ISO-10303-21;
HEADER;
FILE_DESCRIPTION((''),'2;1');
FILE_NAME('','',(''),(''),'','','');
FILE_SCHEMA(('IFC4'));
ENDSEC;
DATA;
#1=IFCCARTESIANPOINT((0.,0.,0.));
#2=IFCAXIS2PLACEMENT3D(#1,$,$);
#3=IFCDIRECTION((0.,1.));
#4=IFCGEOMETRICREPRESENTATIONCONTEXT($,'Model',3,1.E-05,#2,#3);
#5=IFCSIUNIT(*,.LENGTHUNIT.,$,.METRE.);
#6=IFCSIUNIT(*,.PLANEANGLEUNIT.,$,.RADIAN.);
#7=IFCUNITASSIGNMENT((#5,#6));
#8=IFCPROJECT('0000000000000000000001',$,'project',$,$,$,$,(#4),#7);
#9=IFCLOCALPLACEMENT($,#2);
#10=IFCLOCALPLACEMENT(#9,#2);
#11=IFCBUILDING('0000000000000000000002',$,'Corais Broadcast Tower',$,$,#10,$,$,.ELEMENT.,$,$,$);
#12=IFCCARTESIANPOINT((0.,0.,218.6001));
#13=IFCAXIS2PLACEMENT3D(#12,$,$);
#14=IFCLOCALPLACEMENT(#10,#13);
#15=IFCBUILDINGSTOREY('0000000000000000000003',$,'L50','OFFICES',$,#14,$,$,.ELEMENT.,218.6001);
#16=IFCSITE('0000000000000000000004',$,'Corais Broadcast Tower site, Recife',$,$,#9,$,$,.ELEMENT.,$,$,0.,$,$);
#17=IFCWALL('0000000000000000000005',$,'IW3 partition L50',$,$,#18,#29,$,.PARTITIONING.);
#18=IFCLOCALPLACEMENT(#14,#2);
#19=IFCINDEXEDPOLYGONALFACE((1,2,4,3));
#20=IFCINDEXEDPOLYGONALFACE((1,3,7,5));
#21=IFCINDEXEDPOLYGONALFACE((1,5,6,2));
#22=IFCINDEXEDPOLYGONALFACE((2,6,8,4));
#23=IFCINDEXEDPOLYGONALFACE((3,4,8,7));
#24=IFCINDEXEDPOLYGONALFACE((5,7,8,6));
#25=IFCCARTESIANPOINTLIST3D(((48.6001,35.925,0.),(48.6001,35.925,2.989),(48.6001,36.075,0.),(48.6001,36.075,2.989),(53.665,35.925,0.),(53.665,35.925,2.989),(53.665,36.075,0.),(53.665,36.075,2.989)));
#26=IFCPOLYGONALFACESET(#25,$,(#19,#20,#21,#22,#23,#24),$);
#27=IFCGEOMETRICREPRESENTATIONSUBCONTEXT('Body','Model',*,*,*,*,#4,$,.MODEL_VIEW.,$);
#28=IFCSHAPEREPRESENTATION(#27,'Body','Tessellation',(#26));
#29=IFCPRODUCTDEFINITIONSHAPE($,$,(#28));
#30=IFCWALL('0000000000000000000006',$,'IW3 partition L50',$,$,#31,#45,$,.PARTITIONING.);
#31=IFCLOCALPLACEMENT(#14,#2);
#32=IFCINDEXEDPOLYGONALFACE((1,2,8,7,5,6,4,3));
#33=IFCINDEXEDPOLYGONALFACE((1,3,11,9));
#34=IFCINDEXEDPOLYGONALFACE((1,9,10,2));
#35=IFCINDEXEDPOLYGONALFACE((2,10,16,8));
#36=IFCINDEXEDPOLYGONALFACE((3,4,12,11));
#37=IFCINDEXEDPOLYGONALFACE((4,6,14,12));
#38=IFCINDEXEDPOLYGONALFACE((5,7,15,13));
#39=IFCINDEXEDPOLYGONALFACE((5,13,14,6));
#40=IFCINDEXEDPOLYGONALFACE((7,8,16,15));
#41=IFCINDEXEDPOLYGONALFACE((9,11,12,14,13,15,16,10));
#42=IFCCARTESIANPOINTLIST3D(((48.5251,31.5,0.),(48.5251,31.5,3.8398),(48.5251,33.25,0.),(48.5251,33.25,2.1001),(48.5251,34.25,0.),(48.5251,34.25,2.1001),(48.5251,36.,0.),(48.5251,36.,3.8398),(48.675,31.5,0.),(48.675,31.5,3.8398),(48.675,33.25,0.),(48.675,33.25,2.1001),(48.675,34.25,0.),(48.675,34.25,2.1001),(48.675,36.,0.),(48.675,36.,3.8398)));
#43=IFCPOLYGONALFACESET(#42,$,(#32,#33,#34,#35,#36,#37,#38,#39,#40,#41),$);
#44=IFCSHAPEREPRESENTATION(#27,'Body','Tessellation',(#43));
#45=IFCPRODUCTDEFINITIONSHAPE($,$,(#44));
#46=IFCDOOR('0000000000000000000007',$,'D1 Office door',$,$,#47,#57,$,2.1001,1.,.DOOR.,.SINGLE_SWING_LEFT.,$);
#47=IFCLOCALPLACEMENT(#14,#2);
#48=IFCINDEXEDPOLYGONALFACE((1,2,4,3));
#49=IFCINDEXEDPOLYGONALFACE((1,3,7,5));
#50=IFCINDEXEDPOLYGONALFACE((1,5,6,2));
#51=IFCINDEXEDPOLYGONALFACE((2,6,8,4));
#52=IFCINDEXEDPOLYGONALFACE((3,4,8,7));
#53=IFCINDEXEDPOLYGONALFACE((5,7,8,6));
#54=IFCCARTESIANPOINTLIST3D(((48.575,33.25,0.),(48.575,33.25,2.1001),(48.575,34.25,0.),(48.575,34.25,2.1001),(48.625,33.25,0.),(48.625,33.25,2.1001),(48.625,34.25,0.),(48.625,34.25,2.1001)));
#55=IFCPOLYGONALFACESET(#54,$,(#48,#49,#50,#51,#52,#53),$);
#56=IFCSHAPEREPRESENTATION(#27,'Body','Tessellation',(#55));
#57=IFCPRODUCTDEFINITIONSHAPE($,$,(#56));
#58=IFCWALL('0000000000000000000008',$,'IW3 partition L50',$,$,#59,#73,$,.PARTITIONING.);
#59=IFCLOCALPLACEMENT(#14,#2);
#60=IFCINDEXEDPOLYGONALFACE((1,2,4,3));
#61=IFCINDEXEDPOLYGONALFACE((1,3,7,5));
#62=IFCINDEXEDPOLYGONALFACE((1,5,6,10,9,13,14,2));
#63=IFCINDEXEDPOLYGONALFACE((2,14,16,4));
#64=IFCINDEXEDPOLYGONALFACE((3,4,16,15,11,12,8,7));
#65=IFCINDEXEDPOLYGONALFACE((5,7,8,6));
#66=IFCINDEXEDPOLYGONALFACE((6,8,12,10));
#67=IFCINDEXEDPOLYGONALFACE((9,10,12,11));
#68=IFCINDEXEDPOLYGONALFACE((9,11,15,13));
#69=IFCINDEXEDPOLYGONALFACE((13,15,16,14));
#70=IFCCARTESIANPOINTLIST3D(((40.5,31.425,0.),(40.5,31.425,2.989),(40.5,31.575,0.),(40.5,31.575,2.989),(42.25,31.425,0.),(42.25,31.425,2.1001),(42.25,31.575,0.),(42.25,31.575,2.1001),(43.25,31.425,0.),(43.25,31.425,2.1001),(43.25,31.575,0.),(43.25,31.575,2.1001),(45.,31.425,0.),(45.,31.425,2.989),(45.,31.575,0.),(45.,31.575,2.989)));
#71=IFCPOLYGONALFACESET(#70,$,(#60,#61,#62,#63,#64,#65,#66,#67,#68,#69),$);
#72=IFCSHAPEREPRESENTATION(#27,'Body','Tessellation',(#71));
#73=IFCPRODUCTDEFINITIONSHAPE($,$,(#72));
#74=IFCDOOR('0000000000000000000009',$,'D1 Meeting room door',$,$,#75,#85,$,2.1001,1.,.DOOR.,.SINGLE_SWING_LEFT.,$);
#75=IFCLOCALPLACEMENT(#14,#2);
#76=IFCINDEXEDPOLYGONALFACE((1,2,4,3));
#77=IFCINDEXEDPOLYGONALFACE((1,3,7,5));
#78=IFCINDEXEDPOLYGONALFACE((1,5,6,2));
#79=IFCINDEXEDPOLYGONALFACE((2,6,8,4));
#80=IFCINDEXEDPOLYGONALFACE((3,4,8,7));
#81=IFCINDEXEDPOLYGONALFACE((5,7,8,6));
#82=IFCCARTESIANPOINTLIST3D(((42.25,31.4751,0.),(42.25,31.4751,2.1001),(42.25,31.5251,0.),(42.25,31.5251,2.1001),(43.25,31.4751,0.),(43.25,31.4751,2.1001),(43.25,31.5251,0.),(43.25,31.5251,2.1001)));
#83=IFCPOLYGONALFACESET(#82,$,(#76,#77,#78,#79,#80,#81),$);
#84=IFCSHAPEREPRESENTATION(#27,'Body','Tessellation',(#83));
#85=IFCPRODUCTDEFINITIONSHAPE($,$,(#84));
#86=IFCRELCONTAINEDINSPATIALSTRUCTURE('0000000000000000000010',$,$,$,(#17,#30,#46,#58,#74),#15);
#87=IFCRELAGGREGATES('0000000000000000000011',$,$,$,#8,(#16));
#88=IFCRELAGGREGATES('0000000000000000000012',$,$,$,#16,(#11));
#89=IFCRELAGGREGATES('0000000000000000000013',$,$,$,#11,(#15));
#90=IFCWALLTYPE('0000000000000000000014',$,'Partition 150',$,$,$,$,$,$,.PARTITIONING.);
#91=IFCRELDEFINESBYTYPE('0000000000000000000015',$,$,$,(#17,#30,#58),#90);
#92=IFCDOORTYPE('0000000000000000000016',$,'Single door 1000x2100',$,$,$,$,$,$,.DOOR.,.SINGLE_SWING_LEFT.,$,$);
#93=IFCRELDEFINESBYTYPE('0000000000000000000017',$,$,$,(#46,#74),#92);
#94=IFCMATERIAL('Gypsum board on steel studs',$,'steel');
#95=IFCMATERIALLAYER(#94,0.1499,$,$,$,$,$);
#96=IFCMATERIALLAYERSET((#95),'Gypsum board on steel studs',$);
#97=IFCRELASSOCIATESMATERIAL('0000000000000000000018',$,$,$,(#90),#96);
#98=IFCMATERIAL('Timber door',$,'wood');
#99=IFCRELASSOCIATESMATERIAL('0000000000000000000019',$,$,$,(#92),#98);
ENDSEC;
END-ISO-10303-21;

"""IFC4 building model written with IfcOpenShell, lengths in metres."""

from ifc_helpers import new_model, si_unit, direction, frame, frame_2d, origin, place, context, subcontext, project, spatial, rectangle, extrude, material, layer, layer_set, type_object, element, fill, save


model = new_model("IFC4")

# Units and contexts
model_context = context("Model", 3, precision=1e-05, world=origin(), true_north=direction((0.0, 1.0)))
body_context = subcontext(model_context, "Body", "Model", "MODEL_VIEW")
ifc_project = project(units=[si_unit("LENGTHUNIT", "METRE"), si_unit("PLANEANGLEUNIT", "RADIAN")], contexts=[model_context])

# Site, building, storey
site_placement = place(None, origin())
site = spatial("IfcSite", under=ifc_project, at=site_placement, Name="Corais Broadcast Tower site, Recife", CompositionType="ELEMENT", RefElevation=0.0)
building_placement = place(site_placement, origin())
building = spatial("IfcBuilding", under=site, at=building_placement, Name="Corais Broadcast Tower", CompositionType="ELEMENT")
storey_placement = place(building_placement, frame((0.0, 0.0, 218.6001)))
storey = spatial("IfcBuildingStorey", under=building, at=storey_placement, Name="L50", Description="OFFICES", CompositionType="ELEMENT", Elevation=218.6001)

# Shared definitions
ifc_material_1 = material(Name="Gypsum board on steel studs", Category="steel")
ifc_layer_1 = layer(ifc_material_1, 0.1499)
ifc_layer_set_1 = layer_set([ifc_layer_1], Name="Gypsum board on steel studs")
wall_type = type_object("IfcWallType", Name="Partition 150", PredefinedType="PARTITIONING", material=ifc_layer_set_1)

# Shared definitions
ifc_material_2 = material(Name="Timber door", Category="wood")
door_type = type_object("IfcDoorType", Name="Single door 1000x2100", OperationType="SINGLE_SWING_LEFT", PredefinedType="DOOR", material=ifc_material_2)

# Wall
wall_1_placement = place(storey_placement, frame((53.665, 36.0, 0.0), z_axis=(0.0, 0.0, 1.0), x_axis=(-1.0, 0.0, 0.0)))
element("IfcWall", 1, at=wall_1_placement, inside=storey, type_object=wall_type, Name="IW3 partition L50", PredefinedType="PARTITIONING", context=body_context, shape_type="SweptSolid", body=[
    extrude(rectangle(XDim=5.0649, YDim=0.1499, at=frame_2d((2.5325, 0.0))), origin(), (0.0, 0.0, 1.0), 2.989),
])

# Walls, openings, doors
wall_2_placement = place(storey_placement, frame((48.6001, 36.0, 0.0), z_axis=(0.0, 0.0, 1.0), x_axis=(0.0, -1.0, 0.0)))
wall_2 = element("IfcWall", 2, at=wall_2_placement, inside=storey, type_object=wall_type, Name="IW3 partition L50", PredefinedType="PARTITIONING", context=body_context, shape_type="SweptSolid", body=[
    extrude(rectangle(XDim=4.5, YDim=0.1499, at=frame_2d((2.25, 0.0))), origin(), (0.0, 0.0, 1.0), 3.8398),
])
opening_1_placement = place(wall_2_placement, frame((1.75, 0.0, 0.0)))
opening_1 = element("IfcOpeningElement", 3, at=opening_1_placement, cuts=wall_2, PredefinedType="OPENING", context=body_context, shape_type="SweptSolid", body=[
    extrude(rectangle(XDim=1.0, YDim=2.1001, at=frame_2d((0.5, 1.05))), frame((0.0, 0.085, 0.0), z_axis=(0.0, -1.0, 0.0), x_axis=(1.0, 0.0, 0.0)), (0.0, 0.0, 1.0), 0.1699),
])
door_1_placement = place(opening_1_placement, origin())
door_1 = element("IfcDoor", 4, at=door_1_placement, inside=storey, type_object=door_type, Name="D1 Office door", OperationType="SINGLE_SWING_LEFT", OverallHeight=2.1001, OverallWidth=1.0, PredefinedType="DOOR", context=body_context, shape_type="SweptSolid", body=[
    extrude(rectangle(XDim=1.0, YDim=2.1001, at=frame_2d((0.5, 1.05))), frame((0.0, 0.0249, 0.0), z_axis=(0.0, -1.0, 0.0), x_axis=(1.0, 0.0, 0.0)), (0.0, 0.0, 1.0), 0.05),
])
fill(opening_1, door_1)
wall_3_placement = place(storey_placement, frame((45.0, 31.5, 0.0), z_axis=(0.0, 0.0, 1.0), x_axis=(-1.0, 0.0, 0.0)))
wall_3 = element("IfcWall", 5, at=wall_3_placement, inside=storey, type_object=wall_type, Name="IW3 partition L50", PredefinedType="PARTITIONING", context=body_context, shape_type="SweptSolid", body=[
    extrude(rectangle(XDim=4.5, YDim=0.1499, at=frame_2d((2.25, 0.0))), origin(), (0.0, 0.0, 1.0), 2.989),
])
opening_2_placement = place(wall_3_placement, frame((1.75, 0.0, 0.0)))
opening_2 = element("IfcOpeningElement", 6, at=opening_2_placement, cuts=wall_3, PredefinedType="OPENING", context=body_context, shape_type="SweptSolid", body=[
    extrude(rectangle(XDim=1.0, YDim=2.1001, at=frame_2d((0.5, 1.05))), frame((0.0, 0.085, 0.0), z_axis=(0.0, -1.0, 0.0), x_axis=(1.0, 0.0, 0.0)), (0.0, 0.0, 1.0), 0.1699),
])
door_2_placement = place(opening_2_placement, origin())
door_2 = element("IfcDoor", 7, at=door_2_placement, inside=storey, type_object=door_type, Name="D1 Meeting room door", OperationType="SINGLE_SWING_LEFT", OverallHeight=2.1001, OverallWidth=1.0, PredefinedType="DOOR", context=body_context, shape_type="SweptSolid", body=[
    extrude(rectangle(XDim=1.0, YDim=2.1001, at=frame_2d((0.5, 1.05))), frame((0.0, 0.0249, 0.0), z_axis=(0.0, -1.0, 0.0), x_axis=(1.0, 0.0, 0.0)), (0.0, 0.0, 1.0), 0.05),
])
fill(opening_2, door_2)

save(model, "model.ifc")
